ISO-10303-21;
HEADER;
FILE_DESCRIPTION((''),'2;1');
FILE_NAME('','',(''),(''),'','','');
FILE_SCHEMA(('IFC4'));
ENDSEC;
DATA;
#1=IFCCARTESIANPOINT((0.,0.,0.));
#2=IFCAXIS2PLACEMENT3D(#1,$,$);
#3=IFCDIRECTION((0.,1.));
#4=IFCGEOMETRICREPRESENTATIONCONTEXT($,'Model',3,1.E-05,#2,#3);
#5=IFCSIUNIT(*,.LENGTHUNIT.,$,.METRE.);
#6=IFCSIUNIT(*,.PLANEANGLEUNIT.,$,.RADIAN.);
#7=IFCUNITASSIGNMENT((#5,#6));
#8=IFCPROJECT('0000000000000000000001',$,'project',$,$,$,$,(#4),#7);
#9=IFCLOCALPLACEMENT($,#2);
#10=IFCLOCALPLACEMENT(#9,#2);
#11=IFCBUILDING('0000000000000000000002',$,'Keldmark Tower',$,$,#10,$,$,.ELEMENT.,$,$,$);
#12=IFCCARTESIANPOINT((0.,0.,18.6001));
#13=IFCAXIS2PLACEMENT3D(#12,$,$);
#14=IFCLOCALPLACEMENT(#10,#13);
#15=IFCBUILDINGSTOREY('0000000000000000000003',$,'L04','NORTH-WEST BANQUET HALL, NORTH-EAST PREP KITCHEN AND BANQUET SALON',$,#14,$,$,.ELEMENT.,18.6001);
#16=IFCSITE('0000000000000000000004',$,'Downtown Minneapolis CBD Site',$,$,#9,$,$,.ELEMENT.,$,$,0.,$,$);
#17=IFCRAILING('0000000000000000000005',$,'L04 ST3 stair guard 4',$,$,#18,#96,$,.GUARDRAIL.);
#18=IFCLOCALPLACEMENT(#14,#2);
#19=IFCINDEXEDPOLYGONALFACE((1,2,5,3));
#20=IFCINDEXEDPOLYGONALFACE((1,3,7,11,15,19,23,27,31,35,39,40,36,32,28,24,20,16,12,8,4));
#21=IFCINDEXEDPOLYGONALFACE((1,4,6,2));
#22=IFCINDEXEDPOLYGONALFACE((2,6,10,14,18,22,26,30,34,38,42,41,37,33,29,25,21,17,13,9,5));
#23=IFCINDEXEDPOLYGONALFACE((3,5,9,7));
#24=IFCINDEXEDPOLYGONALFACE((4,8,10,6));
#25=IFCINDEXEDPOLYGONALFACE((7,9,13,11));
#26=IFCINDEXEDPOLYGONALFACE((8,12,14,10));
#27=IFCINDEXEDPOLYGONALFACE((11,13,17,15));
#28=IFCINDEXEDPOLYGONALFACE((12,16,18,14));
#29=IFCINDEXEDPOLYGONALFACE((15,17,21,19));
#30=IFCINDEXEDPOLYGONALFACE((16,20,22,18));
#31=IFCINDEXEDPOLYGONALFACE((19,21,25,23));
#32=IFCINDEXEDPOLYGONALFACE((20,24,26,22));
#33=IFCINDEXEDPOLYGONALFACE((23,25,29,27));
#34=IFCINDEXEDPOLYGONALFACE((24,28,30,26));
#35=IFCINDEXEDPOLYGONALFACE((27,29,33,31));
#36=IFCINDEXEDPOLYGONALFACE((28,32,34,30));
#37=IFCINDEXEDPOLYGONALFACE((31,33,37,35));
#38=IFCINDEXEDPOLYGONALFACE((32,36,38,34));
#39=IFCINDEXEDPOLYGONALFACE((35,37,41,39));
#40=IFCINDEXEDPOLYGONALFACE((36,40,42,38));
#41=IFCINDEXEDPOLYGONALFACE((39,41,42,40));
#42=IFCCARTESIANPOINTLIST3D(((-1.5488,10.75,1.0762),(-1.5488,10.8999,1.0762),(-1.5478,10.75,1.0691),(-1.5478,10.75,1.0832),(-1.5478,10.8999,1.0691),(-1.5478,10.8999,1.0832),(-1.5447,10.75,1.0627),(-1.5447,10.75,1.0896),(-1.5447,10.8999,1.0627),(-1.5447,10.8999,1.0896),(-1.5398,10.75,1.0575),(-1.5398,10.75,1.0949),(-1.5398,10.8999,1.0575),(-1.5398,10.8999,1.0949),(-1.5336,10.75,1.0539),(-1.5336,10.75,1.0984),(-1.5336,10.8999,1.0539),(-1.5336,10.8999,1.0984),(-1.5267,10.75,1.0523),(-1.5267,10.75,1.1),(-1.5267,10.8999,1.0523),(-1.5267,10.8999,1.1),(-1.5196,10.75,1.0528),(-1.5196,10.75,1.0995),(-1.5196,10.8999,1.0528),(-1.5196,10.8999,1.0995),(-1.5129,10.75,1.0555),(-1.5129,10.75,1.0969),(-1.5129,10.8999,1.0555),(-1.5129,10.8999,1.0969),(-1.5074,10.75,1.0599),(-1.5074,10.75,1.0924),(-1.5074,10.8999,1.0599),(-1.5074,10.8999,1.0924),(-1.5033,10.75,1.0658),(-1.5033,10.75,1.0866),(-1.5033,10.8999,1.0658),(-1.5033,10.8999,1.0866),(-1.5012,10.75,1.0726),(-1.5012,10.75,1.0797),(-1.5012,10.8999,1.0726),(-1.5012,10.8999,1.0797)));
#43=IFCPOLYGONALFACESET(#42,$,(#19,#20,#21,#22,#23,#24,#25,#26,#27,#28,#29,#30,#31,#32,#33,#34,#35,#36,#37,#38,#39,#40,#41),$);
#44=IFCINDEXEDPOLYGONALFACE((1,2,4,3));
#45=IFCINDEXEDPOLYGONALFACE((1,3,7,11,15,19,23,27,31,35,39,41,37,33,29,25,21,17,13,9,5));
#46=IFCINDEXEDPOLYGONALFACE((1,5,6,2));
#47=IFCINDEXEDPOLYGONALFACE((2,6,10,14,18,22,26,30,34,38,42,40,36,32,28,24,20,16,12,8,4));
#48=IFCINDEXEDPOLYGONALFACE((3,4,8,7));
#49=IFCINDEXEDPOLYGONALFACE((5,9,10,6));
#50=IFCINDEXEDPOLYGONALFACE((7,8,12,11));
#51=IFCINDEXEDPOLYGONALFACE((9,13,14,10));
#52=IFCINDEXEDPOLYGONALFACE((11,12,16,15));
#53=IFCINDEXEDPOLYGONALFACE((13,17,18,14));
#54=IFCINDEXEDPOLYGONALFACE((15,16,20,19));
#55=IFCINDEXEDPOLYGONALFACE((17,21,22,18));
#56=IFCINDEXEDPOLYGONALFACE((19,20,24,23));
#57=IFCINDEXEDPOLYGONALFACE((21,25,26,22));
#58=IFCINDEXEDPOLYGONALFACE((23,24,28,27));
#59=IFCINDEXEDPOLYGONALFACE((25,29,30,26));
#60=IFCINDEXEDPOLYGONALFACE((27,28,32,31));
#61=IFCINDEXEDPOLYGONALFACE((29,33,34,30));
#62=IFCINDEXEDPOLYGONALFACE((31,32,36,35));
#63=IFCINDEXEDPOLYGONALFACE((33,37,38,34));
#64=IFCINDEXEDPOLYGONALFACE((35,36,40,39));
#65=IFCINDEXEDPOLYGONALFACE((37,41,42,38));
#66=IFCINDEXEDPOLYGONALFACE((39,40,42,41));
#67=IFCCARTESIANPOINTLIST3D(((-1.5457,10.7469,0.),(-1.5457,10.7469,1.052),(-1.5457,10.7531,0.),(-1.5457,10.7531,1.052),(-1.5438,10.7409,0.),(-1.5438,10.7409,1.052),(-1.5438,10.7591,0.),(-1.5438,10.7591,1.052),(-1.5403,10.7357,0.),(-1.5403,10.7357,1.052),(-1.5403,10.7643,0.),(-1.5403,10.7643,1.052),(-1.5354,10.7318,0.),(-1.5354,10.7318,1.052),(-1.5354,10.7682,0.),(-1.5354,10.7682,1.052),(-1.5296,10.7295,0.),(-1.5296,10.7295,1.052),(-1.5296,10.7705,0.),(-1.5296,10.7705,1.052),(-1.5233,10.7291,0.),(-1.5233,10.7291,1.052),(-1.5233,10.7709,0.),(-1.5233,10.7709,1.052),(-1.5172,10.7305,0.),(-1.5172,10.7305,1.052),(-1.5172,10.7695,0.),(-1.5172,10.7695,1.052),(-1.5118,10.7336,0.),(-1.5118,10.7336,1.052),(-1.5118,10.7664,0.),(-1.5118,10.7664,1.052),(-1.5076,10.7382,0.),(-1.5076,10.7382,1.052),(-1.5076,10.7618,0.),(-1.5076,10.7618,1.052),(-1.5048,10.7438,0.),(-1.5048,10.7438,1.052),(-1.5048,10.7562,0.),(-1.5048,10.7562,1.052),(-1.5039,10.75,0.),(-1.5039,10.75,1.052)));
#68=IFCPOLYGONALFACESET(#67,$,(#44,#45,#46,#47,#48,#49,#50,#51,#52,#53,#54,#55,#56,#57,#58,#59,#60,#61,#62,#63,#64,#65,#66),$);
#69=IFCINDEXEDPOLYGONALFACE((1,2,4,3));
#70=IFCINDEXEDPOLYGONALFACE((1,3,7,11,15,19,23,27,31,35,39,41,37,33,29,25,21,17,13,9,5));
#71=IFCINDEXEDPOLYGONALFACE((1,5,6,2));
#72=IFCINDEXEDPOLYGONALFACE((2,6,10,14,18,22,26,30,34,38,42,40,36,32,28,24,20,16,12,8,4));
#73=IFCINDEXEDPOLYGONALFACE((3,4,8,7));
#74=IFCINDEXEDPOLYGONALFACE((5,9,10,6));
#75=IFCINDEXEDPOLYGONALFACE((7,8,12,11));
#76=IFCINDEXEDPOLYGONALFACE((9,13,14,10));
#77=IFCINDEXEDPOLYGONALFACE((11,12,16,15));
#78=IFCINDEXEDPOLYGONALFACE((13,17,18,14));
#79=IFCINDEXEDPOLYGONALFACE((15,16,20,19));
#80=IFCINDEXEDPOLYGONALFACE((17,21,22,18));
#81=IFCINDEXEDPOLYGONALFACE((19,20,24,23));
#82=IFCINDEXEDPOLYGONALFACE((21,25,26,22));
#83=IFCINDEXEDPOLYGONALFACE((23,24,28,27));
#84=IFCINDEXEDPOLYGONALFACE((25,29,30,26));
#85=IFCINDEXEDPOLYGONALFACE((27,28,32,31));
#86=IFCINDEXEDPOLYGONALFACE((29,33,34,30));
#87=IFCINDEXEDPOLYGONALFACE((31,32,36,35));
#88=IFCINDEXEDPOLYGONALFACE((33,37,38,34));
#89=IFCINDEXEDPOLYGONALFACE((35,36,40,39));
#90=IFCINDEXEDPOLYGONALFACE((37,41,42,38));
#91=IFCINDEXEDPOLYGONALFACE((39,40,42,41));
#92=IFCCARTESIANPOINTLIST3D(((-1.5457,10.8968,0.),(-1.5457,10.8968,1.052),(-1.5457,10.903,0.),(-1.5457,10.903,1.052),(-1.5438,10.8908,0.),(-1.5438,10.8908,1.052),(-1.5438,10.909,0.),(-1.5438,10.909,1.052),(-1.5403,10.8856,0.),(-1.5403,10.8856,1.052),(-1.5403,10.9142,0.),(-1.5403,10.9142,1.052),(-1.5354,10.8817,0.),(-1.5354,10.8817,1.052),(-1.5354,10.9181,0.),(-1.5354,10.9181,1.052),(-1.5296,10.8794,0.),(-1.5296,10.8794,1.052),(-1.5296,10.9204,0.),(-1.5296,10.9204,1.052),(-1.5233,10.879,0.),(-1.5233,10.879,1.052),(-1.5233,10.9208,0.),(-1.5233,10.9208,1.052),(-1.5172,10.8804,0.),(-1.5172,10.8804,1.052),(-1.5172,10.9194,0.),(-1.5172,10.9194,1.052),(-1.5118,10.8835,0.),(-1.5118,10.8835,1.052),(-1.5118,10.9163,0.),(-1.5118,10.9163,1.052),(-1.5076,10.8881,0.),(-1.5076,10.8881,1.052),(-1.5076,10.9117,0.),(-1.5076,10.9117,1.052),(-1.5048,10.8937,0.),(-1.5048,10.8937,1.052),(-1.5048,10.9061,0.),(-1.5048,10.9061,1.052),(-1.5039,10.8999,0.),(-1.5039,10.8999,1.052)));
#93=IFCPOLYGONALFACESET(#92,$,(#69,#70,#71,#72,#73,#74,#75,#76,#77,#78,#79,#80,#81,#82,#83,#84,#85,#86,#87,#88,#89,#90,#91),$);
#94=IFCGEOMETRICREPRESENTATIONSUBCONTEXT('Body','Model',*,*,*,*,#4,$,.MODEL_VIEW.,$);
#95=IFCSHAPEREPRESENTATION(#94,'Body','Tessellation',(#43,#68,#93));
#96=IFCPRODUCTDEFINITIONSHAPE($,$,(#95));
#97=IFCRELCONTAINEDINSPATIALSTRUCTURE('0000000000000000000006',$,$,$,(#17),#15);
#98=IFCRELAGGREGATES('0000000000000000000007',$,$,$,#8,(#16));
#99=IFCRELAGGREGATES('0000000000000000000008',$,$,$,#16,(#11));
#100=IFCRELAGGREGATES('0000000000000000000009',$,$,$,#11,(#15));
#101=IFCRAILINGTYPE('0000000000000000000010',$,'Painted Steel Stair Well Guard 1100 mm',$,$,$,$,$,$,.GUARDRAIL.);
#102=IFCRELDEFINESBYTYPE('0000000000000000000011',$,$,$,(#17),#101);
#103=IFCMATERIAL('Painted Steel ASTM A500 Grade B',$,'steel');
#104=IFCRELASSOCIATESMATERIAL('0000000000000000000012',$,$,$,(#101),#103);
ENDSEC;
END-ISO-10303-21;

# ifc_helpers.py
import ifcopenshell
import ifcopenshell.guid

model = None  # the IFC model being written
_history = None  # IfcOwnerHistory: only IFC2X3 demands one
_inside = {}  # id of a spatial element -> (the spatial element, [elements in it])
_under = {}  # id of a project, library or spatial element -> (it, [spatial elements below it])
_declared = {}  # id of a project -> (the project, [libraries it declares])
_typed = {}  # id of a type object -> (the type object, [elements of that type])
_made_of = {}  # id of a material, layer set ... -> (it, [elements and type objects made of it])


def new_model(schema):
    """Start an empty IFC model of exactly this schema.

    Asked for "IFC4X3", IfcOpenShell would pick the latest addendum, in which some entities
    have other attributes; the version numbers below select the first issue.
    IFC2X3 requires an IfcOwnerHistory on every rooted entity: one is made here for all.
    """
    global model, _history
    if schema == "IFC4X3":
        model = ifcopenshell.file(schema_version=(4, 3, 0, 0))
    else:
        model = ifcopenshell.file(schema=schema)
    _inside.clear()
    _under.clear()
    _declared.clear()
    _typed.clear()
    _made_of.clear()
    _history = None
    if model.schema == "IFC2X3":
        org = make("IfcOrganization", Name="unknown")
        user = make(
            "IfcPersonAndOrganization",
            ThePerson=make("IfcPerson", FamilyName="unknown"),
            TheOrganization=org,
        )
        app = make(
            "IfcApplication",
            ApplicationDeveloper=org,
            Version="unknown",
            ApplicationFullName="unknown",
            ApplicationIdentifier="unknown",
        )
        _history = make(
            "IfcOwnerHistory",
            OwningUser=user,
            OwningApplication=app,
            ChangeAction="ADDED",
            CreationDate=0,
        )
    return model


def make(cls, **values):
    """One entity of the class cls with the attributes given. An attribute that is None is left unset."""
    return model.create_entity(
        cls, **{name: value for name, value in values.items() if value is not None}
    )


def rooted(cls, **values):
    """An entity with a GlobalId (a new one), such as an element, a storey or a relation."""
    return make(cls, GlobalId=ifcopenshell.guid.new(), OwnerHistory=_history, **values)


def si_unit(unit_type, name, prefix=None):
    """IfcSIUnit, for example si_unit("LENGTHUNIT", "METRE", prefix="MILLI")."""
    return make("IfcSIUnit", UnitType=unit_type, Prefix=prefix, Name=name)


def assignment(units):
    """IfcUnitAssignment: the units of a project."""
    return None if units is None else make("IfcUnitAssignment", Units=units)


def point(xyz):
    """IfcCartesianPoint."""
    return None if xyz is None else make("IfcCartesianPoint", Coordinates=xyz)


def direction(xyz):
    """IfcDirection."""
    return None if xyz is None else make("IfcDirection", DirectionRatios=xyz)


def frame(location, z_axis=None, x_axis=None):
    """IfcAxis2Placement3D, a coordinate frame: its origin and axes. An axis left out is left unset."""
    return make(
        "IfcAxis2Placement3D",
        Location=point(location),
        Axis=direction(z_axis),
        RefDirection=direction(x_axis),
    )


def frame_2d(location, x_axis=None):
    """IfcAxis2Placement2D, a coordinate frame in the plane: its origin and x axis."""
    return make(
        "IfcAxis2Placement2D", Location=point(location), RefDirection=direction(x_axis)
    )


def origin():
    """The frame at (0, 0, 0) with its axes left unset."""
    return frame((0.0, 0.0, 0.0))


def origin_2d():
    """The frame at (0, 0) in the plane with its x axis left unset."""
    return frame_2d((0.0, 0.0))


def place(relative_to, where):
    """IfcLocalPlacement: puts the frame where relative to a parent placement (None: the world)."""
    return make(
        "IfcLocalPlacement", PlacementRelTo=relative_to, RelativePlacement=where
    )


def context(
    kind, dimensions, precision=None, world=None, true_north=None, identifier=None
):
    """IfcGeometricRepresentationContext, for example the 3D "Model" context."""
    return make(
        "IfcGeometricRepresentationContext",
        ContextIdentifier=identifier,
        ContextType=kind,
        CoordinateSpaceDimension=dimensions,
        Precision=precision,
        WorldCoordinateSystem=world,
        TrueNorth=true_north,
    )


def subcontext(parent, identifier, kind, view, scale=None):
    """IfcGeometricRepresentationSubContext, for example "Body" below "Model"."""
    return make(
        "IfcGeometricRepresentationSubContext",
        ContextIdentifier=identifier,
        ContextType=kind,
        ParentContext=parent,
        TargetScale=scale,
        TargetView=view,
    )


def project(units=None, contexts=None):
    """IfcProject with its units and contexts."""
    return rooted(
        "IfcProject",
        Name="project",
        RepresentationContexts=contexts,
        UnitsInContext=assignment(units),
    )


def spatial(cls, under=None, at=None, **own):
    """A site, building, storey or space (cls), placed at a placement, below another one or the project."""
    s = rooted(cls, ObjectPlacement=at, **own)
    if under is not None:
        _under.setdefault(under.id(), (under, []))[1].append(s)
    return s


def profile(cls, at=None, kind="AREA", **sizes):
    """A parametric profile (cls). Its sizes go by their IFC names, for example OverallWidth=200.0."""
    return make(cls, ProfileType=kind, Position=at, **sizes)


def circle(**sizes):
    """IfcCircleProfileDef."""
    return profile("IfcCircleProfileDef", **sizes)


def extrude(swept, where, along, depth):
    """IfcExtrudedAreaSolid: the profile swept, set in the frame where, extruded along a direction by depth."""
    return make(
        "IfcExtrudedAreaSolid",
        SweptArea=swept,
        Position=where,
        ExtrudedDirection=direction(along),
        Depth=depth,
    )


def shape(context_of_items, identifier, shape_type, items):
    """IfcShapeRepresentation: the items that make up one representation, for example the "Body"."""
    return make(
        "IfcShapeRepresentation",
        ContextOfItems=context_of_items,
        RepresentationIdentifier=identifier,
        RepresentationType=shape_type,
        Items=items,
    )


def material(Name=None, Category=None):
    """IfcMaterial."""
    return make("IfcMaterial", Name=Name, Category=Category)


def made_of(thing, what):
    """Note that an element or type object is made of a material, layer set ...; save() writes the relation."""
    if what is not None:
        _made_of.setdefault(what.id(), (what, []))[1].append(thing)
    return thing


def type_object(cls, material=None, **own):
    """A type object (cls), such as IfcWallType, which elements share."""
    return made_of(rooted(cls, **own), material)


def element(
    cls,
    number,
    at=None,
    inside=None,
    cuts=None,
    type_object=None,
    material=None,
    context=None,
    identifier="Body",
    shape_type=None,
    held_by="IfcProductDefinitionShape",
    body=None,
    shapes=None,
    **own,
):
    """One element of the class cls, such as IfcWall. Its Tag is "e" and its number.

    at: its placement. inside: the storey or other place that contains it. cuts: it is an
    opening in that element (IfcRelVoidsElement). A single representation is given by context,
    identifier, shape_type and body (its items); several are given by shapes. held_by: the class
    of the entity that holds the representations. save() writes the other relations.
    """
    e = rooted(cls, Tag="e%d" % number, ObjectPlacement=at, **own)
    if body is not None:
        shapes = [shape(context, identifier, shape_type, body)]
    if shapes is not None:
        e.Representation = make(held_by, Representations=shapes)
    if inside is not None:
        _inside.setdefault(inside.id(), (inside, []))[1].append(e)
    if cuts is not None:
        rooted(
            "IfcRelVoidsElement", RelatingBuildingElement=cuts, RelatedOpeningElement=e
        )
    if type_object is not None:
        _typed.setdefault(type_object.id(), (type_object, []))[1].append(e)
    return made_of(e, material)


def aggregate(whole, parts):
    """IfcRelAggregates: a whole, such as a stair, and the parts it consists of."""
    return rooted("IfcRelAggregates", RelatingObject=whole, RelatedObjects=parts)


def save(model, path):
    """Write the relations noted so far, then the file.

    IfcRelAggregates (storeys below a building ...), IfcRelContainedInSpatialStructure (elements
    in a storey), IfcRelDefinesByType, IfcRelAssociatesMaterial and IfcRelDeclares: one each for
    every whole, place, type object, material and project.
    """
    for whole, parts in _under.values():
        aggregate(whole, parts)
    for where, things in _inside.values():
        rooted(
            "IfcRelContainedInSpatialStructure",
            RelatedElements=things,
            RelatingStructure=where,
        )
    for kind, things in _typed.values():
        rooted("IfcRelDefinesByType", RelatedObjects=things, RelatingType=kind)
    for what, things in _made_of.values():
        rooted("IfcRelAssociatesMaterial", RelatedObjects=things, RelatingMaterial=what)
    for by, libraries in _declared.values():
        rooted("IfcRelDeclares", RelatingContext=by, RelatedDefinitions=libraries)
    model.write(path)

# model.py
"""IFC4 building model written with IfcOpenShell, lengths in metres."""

from ifc_helpers import new_model, si_unit, direction, frame, origin, origin_2d, place, context, subcontext, project, spatial, circle, extrude, material, type_object, element, save


model = new_model("IFC4")

# Units and contexts
model_context = context("Model", 3, precision=1e-05, world=origin(), true_north=direction((0.0, 1.0)))
body_context = subcontext(model_context, "Body", "Model", "MODEL_VIEW")
ifc_project = project(units=[si_unit("LENGTHUNIT", "METRE"), si_unit("PLANEANGLEUNIT", "RADIAN")], contexts=[model_context])

# Site, building, storey
site_placement = place(None, origin())
site = spatial("IfcSite", under=ifc_project, at=site_placement, Name="Downtown Minneapolis CBD Site", CompositionType="ELEMENT", RefElevation=0.0)
building_placement = place(site_placement, origin())
building = spatial("IfcBuilding", under=site, at=building_placement, Name="Keldmark Tower", CompositionType="ELEMENT")
storey_placement = place(building_placement, frame((0.0, 0.0, 18.6001)))
storey = spatial("IfcBuildingStorey", under=building, at=storey_placement, Name="L04", Description="NORTH-WEST BANQUET HALL, NORTH-EAST PREP KITCHEN AND BANQUET SALON", CompositionType="ELEMENT", Elevation=18.6001)

# Railing
ifc_material_1 = material(Name="Painted Steel ASTM A500 Grade B", Category="steel")
railing_type_1 = type_object("IfcRailingType", Name="Painted Steel Stair Well Guard 1100 mm", PredefinedType="GUARDRAIL", material=ifc_material_1)
railing_1_placement = place(storey_placement, frame((-1.5249, 10.75, 0.0)))
element("IfcRailing", 1, at=railing_1_placement, inside=storey, type_object=railing_type_1, Name="L04 ST3 stair guard 4", PredefinedType="GUARDRAIL", context=body_context, shape_type="SweptSolid", body=[
    extrude(circle(Radius=0.0239, at=origin_2d()), frame((0.0, 0.0, 1.0762), z_axis=(0.0, 1.0, 0.0), x_axis=(-1.0, 0.0, 0.0)), (0.0, 0.0, 1.0), 0.1499),
    extrude(circle(Radius=0.021, at=origin_2d()), origin(), (0.0, 0.0, 1.0), 1.052),
    extrude(circle(Radius=0.021, at=origin_2d()), frame((0.0, 0.1499, 0.0)), (0.0, 0.0, 1.0), 1.052),
])

save(model, "model.ifc")
